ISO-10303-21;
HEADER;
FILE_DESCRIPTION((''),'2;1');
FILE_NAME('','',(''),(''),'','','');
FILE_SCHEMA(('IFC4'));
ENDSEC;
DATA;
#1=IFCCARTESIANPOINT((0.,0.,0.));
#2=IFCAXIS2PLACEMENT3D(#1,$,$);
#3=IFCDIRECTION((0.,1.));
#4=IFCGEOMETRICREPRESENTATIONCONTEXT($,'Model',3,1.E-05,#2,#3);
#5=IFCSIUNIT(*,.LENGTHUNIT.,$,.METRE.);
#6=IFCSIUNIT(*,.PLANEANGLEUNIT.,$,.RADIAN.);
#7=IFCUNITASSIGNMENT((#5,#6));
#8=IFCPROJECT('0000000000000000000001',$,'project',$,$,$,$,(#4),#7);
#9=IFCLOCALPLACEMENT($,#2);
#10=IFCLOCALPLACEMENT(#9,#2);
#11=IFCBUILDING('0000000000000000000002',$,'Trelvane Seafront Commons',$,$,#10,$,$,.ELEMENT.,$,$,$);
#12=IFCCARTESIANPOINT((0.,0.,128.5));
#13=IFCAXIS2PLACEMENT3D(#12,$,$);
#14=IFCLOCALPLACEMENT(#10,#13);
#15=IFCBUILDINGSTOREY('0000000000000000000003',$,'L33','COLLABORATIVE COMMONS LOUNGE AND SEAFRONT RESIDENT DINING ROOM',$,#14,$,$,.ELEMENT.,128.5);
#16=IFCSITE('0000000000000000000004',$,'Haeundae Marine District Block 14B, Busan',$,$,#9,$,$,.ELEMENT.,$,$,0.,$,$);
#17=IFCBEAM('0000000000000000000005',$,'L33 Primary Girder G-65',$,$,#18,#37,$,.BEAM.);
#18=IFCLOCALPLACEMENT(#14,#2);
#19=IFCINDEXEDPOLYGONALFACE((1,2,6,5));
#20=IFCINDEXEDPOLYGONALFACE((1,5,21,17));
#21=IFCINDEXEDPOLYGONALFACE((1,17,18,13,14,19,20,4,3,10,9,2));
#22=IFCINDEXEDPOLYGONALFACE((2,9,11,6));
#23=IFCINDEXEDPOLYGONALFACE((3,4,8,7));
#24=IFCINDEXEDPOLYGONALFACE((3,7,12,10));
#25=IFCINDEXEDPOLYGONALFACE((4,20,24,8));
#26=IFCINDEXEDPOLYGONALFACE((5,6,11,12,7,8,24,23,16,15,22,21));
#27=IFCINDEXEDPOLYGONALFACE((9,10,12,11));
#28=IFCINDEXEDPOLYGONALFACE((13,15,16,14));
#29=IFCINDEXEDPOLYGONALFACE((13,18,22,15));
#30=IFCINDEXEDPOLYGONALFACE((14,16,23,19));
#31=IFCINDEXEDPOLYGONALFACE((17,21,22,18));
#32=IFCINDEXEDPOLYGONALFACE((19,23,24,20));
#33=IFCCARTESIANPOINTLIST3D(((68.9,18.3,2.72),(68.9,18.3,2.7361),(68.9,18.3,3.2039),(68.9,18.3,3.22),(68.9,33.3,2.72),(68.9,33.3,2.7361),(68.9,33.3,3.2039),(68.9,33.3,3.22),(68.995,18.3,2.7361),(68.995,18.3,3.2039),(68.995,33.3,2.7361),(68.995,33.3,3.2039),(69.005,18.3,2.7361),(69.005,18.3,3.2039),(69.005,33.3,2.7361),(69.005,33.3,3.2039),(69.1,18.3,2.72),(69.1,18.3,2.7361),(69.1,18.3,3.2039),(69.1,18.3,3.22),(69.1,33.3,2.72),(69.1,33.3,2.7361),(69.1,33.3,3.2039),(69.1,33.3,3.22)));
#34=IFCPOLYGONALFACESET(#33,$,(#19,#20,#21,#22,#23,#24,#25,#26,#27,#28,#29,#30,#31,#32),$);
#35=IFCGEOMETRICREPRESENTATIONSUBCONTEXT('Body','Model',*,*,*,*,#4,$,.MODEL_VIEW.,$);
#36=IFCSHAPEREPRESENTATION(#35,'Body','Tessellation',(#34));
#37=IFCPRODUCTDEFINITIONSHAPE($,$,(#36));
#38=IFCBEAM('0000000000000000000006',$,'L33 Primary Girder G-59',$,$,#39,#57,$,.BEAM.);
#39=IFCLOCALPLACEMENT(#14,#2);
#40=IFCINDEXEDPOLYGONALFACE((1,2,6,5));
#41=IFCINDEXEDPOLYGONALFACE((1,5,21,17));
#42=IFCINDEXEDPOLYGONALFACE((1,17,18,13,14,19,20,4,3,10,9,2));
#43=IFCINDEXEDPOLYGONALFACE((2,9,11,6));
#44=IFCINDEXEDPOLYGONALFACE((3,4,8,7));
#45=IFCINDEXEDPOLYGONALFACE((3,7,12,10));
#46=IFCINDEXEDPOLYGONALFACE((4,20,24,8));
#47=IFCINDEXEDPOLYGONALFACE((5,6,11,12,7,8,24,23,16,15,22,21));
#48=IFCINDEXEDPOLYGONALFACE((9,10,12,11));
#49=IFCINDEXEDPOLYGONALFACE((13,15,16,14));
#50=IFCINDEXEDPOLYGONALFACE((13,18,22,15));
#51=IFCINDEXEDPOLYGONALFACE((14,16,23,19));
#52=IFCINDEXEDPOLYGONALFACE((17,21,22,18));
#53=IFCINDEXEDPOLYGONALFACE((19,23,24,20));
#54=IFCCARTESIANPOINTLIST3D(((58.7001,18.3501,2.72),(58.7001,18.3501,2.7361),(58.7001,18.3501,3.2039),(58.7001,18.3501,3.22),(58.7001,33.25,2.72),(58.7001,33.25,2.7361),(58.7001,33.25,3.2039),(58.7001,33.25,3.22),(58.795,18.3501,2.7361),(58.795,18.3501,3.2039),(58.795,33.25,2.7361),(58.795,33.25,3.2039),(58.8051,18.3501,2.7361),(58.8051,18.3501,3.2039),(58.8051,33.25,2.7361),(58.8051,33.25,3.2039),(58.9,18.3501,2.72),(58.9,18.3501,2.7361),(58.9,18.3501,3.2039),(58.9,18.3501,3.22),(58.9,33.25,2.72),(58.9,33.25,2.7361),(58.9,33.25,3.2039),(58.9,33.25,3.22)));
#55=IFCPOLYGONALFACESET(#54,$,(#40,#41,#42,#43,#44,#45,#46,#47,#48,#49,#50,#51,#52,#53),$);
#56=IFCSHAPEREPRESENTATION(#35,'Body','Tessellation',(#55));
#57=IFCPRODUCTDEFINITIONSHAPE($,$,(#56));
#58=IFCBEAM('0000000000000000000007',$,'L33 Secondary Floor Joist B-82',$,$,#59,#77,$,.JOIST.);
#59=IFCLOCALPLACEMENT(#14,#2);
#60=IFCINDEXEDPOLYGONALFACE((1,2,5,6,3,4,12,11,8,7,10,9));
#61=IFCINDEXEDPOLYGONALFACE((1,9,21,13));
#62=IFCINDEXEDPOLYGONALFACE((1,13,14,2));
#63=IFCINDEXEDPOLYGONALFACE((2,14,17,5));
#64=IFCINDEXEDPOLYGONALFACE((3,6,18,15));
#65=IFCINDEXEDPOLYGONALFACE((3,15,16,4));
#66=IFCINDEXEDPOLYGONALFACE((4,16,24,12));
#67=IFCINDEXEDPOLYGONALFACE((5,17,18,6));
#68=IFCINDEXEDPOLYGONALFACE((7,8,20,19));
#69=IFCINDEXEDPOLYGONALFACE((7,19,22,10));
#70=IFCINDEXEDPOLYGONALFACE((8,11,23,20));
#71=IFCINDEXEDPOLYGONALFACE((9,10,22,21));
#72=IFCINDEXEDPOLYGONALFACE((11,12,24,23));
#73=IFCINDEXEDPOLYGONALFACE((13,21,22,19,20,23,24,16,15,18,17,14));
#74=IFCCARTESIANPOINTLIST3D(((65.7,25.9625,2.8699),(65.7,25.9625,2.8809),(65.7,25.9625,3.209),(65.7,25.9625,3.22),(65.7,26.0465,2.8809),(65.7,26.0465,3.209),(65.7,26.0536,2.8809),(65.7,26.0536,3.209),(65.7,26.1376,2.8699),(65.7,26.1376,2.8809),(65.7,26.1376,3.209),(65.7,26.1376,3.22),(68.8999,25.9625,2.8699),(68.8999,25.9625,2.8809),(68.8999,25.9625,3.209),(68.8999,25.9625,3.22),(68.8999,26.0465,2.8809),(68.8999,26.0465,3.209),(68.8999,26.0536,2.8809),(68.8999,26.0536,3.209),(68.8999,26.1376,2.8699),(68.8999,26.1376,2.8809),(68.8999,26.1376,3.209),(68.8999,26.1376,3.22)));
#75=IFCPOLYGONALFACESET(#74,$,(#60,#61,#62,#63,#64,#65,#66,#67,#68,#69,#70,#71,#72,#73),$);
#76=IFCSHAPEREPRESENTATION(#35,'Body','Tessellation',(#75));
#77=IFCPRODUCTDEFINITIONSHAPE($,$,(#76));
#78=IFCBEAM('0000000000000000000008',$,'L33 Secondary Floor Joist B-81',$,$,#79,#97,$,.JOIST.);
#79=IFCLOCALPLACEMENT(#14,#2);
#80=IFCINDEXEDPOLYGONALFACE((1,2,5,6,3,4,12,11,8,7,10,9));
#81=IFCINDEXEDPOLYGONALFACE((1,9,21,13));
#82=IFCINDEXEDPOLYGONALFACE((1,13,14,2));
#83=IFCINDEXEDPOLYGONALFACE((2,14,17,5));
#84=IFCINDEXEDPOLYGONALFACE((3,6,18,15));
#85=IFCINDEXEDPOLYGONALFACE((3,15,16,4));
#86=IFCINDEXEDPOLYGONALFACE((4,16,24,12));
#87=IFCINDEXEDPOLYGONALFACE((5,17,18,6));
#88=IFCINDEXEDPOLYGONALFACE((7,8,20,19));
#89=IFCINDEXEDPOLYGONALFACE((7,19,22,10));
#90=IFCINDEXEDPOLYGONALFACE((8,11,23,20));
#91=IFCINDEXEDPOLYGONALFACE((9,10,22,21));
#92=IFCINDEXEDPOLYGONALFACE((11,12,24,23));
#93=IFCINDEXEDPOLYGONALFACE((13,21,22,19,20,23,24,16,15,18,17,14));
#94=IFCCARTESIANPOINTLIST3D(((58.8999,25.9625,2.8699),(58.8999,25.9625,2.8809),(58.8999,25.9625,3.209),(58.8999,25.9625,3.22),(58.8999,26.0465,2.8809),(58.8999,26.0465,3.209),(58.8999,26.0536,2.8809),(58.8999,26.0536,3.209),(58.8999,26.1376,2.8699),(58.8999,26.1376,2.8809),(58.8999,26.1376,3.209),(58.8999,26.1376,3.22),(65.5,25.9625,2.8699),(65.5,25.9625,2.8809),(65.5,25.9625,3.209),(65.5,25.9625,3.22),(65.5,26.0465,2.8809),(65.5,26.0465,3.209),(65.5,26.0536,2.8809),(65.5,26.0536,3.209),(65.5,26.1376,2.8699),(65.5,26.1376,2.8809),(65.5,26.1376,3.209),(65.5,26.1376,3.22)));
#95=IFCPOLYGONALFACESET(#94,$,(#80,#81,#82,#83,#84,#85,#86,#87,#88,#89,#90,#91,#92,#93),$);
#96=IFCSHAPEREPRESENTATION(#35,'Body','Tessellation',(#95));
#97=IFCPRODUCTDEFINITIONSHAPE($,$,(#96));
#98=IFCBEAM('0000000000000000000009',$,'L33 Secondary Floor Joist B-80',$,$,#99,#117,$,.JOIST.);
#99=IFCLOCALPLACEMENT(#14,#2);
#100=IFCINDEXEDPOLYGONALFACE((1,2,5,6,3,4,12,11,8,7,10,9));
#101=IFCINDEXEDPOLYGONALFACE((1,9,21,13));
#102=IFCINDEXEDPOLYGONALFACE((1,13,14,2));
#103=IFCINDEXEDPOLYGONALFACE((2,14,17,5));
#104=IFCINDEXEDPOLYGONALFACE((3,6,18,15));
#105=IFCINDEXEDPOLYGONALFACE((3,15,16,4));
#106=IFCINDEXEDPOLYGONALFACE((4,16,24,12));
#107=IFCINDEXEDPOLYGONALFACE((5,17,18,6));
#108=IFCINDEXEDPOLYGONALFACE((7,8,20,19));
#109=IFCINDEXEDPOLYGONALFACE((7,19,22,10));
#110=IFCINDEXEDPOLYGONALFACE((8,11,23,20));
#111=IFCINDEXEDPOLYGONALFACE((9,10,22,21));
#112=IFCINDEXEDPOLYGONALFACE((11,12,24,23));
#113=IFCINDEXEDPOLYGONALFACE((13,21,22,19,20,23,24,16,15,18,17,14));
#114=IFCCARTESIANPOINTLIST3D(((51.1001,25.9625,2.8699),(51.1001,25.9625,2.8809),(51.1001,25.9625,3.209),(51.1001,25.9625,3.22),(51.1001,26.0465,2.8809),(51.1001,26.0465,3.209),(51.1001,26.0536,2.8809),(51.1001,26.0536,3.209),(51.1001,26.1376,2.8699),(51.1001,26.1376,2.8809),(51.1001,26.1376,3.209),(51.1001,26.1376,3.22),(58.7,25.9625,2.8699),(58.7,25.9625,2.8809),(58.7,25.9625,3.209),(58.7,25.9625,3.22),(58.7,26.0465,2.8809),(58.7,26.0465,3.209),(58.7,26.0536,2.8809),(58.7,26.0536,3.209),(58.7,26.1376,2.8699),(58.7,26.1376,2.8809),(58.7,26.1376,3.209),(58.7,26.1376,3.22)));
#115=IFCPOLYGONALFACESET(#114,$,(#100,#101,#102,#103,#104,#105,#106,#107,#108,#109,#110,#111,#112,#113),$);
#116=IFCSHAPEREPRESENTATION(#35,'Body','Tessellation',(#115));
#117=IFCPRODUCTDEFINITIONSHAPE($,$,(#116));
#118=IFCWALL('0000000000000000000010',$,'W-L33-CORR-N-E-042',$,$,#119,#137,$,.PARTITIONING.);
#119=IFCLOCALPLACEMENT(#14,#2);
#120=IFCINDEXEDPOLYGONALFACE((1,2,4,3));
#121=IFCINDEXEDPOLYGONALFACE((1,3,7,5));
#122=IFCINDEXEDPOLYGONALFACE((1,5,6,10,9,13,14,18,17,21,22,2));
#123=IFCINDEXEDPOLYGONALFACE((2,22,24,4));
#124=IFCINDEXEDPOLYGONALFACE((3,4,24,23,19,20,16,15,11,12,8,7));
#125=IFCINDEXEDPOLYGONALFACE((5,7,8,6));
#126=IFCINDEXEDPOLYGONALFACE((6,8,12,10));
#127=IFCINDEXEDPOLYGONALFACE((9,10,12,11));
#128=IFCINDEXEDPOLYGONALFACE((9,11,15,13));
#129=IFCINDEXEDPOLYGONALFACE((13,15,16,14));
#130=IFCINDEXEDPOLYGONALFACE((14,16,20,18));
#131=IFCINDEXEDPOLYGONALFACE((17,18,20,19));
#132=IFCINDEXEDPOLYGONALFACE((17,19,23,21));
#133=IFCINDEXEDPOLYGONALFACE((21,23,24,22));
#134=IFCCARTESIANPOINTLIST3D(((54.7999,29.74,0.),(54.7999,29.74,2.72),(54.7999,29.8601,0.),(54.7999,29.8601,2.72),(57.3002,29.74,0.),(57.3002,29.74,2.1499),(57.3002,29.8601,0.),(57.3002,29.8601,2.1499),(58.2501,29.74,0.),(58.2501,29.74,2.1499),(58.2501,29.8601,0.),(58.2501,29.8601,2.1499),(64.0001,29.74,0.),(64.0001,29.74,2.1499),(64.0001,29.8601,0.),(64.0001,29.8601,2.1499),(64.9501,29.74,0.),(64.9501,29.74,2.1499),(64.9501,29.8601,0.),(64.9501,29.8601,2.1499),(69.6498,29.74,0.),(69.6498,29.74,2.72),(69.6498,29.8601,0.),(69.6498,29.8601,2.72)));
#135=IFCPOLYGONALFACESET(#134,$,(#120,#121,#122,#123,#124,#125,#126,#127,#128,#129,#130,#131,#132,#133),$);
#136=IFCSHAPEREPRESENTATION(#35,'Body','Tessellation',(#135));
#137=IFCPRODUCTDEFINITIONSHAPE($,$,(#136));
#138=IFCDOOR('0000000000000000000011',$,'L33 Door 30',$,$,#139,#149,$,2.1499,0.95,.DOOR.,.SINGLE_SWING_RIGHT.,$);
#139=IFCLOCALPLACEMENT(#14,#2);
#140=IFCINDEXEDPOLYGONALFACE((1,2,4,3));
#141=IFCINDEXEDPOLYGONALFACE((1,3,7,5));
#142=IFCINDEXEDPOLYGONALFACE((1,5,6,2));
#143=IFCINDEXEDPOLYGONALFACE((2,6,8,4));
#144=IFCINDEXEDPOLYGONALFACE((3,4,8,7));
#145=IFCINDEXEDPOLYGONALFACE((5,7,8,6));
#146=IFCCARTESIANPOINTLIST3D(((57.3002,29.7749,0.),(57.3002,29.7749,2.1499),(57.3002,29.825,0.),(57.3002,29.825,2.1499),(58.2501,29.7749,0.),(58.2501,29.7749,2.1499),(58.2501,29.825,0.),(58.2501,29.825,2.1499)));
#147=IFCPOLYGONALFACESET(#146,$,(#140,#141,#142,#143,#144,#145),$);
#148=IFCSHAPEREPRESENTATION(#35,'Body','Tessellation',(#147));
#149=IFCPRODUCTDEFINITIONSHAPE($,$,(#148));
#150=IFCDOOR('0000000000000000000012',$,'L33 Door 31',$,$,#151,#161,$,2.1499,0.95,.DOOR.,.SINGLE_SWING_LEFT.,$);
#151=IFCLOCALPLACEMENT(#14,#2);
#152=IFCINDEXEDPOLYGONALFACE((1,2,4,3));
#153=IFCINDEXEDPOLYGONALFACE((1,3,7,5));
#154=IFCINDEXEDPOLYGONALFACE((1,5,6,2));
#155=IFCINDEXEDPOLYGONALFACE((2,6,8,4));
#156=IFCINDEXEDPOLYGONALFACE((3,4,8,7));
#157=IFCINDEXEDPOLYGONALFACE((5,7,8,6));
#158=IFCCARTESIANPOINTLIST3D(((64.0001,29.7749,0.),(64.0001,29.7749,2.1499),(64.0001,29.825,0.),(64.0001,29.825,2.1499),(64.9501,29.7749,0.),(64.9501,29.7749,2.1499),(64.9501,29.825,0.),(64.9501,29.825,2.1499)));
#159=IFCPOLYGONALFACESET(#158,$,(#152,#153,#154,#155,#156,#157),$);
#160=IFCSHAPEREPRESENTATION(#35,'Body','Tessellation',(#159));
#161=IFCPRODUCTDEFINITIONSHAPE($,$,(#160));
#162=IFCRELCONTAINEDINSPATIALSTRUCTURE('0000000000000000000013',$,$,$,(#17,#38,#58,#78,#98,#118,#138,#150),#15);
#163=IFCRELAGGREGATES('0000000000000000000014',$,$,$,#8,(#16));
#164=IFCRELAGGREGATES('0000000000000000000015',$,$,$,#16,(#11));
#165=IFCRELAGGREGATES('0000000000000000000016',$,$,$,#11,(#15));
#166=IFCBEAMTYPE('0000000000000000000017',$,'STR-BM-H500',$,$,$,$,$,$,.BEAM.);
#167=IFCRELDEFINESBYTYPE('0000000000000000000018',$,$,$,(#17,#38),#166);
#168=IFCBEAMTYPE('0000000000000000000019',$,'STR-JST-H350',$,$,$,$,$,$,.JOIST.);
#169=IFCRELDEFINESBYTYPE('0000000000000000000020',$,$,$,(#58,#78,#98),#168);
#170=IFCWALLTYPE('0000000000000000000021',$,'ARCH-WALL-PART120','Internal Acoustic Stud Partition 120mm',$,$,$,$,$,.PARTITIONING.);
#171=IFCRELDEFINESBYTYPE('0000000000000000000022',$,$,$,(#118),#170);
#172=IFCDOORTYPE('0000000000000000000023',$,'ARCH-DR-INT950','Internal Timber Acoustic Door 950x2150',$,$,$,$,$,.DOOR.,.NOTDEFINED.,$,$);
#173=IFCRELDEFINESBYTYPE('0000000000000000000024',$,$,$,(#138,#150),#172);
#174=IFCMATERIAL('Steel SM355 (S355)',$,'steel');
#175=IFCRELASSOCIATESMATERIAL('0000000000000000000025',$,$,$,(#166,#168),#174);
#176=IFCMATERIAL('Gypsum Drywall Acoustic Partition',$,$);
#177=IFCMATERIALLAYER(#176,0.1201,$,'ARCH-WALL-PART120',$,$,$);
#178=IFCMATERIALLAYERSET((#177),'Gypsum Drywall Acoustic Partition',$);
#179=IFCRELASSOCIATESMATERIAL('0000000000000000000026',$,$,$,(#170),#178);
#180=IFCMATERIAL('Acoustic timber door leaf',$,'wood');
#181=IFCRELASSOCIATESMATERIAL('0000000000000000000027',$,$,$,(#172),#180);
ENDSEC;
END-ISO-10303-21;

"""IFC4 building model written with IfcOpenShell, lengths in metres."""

from ifc_helpers import new_model, si_unit, direction, frame, frame_2d, origin, origin_2d, place, context, subcontext, project, spatial, rectangle, i_section, extrude, source, transform, mapped, material, layer, layer_set, material_profile, profile_set, type_object, element, fill, save


model = new_model("IFC4")

# Units and contexts
model_context = context("Model", 3, precision=1e-05, world=origin(), true_north=direction((0.0, 1.0)))
body_context = subcontext(model_context, "Body", "Model", "MODEL_VIEW")
ifc_project = project(units=[si_unit("LENGTHUNIT", "METRE"), si_unit("PLANEANGLEUNIT", "RADIAN")], contexts=[model_context])

# Site, building, storey
site_placement = place(None, origin())
site = spatial("IfcSite", under=ifc_project, at=site_placement, Name="Haeundae Marine District Block 14B, Busan", CompositionType="ELEMENT", RefElevation=0.0)
building_placement = place(site_placement, origin())
building = spatial("IfcBuilding", under=site, at=building_placement, Name="Trelvane Seafront Commons", CompositionType="ELEMENT")
storey_placement = place(building_placement, frame((0.0, 0.0, 128.5)))
storey = spatial("IfcBuildingStorey", under=building, at=storey_placement, Name="L33", Description="COLLABORATIVE COMMONS LOUNGE AND SEAFRONT RESIDENT DINING ROOM", CompositionType="ELEMENT", Elevation=128.5)

# Beams
ifc_material_1 = material(Name="Steel SM355 (S355)", Category="steel")
ifc_material_profile_1 = material_profile(ifc_material_1, i_section(OverallWidth=0.2, OverallDepth=0.5, WebThickness=0.01, FlangeThickness=0.0161, at=origin_2d()), Name="H-500x200x10x16")
ifc_profile_set_1 = profile_set([ifc_material_profile_1], Name="Steel SM355 (S355)")
beam_type_1 = type_object("IfcBeamType", Name="STR-BM-H500", PredefinedType="BEAM", material=ifc_profile_set_1)
shared_shape_1 = source(origin(), body_context, "Body", "SweptSolid", [
    extrude(i_section(OverallWidth=0.2, OverallDepth=0.5, WebThickness=0.01, FlangeThickness=0.0161, at=origin_2d()), origin(), (0.0, 0.0, 1.0), 15.0),
])
beam_1_placement = place(storey_placement, frame((69.0, 18.3, 2.97), z_axis=(0.0, 1.0, 0.0), x_axis=(-1.0, 0.0, 0.0)))
element("IfcBeam", 1, at=beam_1_placement, inside=storey, type_object=beam_type_1, Name="L33 Primary Girder G-65", PredefinedType="BEAM", context=body_context, shape_type="MappedRepresentation", body=[
    mapped(shared_shape_1, transform((0.0, 0.0, 0.0), x_axis=(1.0, 0.0, 0.0), y_axis=(0.0, 1.0, 0.0), z_axis=(0.0, 0.0, 1.0), scale=1.0)),
])
shared_shape_2 = source(origin(), body_context, "Body", "SweptSolid", [
    extrude(i_section(OverallWidth=0.2, OverallDepth=0.5, WebThickness=0.01, FlangeThickness=0.0161, at=origin_2d()), origin(), (0.0, 0.0, 1.0), 14.8999),
])
beam_2_placement = place(storey_placement, frame((58.8, 18.3501, 2.97), z_axis=(0.0, 1.0, 0.0), x_axis=(-1.0, 0.0, 0.0)))
element("IfcBeam", 2, at=beam_2_placement, inside=storey, type_object=beam_type_1, Name="L33 Primary Girder G-59", PredefinedType="BEAM", context=body_context, shape_type="MappedRepresentation", body=[
    mapped(shared_shape_2, transform((0.0, 0.0, 0.0), x_axis=(1.0, 0.0, 0.0), y_axis=(0.0, 1.0, 0.0), z_axis=(0.0, 0.0, 1.0), scale=1.0)),
])
ifc_material_profile_2 = material_profile(ifc_material_1, i_section(OverallWidth=0.175, OverallDepth=0.3501, WebThickness=0.0071, FlangeThickness=0.011, at=origin_2d()), Name="H-350x175x7x11")
ifc_profile_set_2 = profile_set([ifc_material_profile_2], Name="Steel SM355 (S355)")
beam_type_2 = type_object("IfcBeamType", Name="STR-JST-H350", PredefinedType="JOIST", material=ifc_profile_set_2)
shared_shape_3 = source(origin(), body_context, "Body", "SweptSolid", [
    extrude(i_section(OverallWidth=0.175, OverallDepth=0.3501, WebThickness=0.0071, FlangeThickness=0.011, at=origin_2d()), origin(), (0.0, 0.0, 1.0), 3.2),
])
beam_3_placement = place(storey_placement, frame((65.7, 26.05, 3.0449), z_axis=(1.0, 0.0, 0.0), x_axis=(0.0, 1.0, 0.0)))
element("IfcBeam", 3, at=beam_3_placement, inside=storey, type_object=beam_type_2, Name="L33 Secondary Floor Joist B-82", PredefinedType="JOIST", context=body_context, shape_type="MappedRepresentation", body=[
    mapped(shared_shape_3, transform((0.0, 0.0, 0.0), x_axis=(1.0, 0.0, 0.0), y_axis=(0.0, 1.0, 0.0), z_axis=(0.0, 0.0, 1.0), scale=1.0)),
])
shared_shape_4 = source(origin(), body_context, "Body", "SweptSolid", [
    extrude(i_section(OverallWidth=0.175, OverallDepth=0.3501, WebThickness=0.0071, FlangeThickness=0.011, at=origin_2d()), origin(), (0.0, 0.0, 1.0), 6.6001),
])
beam_4_placement = place(storey_placement, frame((58.8999, 26.05, 3.0449), z_axis=(1.0, 0.0, 0.0), x_axis=(0.0, 1.0, 0.0)))
element("IfcBeam", 4, at=beam_4_placement, inside=storey, type_object=beam_type_2, Name="L33 Secondary Floor Joist B-81", PredefinedType="JOIST", context=body_context, shape_type="MappedRepresentation", body=[
    mapped(shared_shape_4, transform((0.0, 0.0, 0.0), x_axis=(1.0, 0.0, 0.0), y_axis=(0.0, 1.0, 0.0), z_axis=(0.0, 0.0, 1.0), scale=1.0)),
])
shared_shape_5 = source(origin(), body_context, "Body", "SweptSolid", [
    extrude(i_section(OverallWidth=0.175, OverallDepth=0.3501, WebThickness=0.0071, FlangeThickness=0.011, at=origin_2d()), origin(), (0.0, 0.0, 1.0), 7.5999),
])
beam_5_placement = place(storey_placement, frame((51.1001, 26.05, 3.0449), z_axis=(1.0, 0.0, 0.0), x_axis=(0.0, 1.0, 0.0)))
element("IfcBeam", 5, at=beam_5_placement, inside=storey, type_object=beam_type_2, Name="L33 Secondary Floor Joist B-80", PredefinedType="JOIST", context=body_context, shape_type="MappedRepresentation", body=[
    mapped(shared_shape_5, transform((0.0, 0.0, 0.0), x_axis=(1.0, 0.0, 0.0), y_axis=(0.0, 1.0, 0.0), z_axis=(0.0, 0.0, 1.0), scale=1.0)),
])

# Wall, openings, doors
ifc_material_2 = material(Name="Gypsum Drywall Acoustic Partition")
ifc_layer_1 = layer(ifc_material_2, 0.1201, Name="ARCH-WALL-PART120")
ifc_layer_set_1 = layer_set([ifc_layer_1], Name="Gypsum Drywall Acoustic Partition")
wall_type_1 = type_object("IfcWallType", Name="ARCH-WALL-PART120", Description="Internal Acoustic Stud Partition 120mm", PredefinedType="PARTITIONING", material=ifc_layer_set_1)
wall_1_placement = place(storey_placement, frame((54.8, 29.8, 0.0), z_axis=(0.0, 0.0, 1.0), x_axis=(1.0, 0.0, 0.0)))
wall_1 = element("IfcWall", 6, at=wall_1_placement, inside=storey, type_object=wall_type_1, Name="W-L33-CORR-N-E-042", PredefinedType="PARTITIONING", context=body_context, shape_type="SweptSolid", body=[
    extrude(rectangle(XDim=14.8499, YDim=0.1201, at=frame_2d((7.4248, 0.0))), origin(), (0.0, 0.0, 1.0), 2.72),
])
opening_1_placement = place(wall_1_placement, frame((2.5, 0.0, 0.0)))
opening_1 = element("IfcOpeningElement", 7, at=opening_1_placement, cuts=wall_1, PredefinedType="OPENING", context=body_context, shape_type="SweptSolid", body=[
    extrude(rectangle(XDim=0.95, YDim=2.1499, at=frame_2d((0.4751, 1.075))), frame((0.0, 0.0701, 0.0), z_axis=(0.0, -1.0, 0.0), x_axis=(1.0, 0.0, 0.0)), (0.0, 0.0, 1.0), 0.1401),
])
opening_2_placement = place(wall_1_placement, frame((9.2, 0.0, 0.0)))
opening_2 = element("IfcOpeningElement", 8, at=opening_2_placement, cuts=wall_1, PredefinedType="OPENING", context=body_context, shape_type="SweptSolid", body=[
    extrude(rectangle(XDim=0.95, YDim=2.1499, at=frame_2d((0.4751, 1.075))), frame((0.0, 0.0701, 0.0), z_axis=(0.0, -1.0, 0.0), x_axis=(1.0, 0.0, 0.0)), (0.0, 0.0, 1.0), 0.1401),
])
ifc_material_3 = material(Name="Acoustic timber door leaf", Category="wood")
door_type_1 = type_object("IfcDoorType", Name="ARCH-DR-INT950", Description="Internal Timber Acoustic Door 950x2150", OperationType="NOTDEFINED", PredefinedType="DOOR", material=ifc_material_3)
shared_shape_6 = source(origin(), body_context, "Body", "SweptSolid", [
    extrude(rectangle(XDim=0.95, YDim=2.1499, at=frame_2d((0.4751, 1.075))), frame((0.0, 0.0249, 0.0), z_axis=(0.0, -1.0, 0.0), x_axis=(1.0, 0.0, 0.0)), (0.0, 0.0, 1.0), 0.05),
])
door_1_placement = place(opening_1_placement, origin())
door_1 = element("IfcDoor", 9, at=door_1_placement, inside=storey, type_object=door_type_1, Name="L33 Door 30", OperationType="SINGLE_SWING_RIGHT", OverallHeight=2.1499, OverallWidth=0.95, PredefinedType="DOOR", context=body_context, shape_type="MappedRepresentation", body=[
    mapped(shared_shape_6, transform((0.0, 0.0, 0.0), x_axis=(1.0, 0.0, 0.0), y_axis=(0.0, 1.0, 0.0), z_axis=(0.0, 0.0, 1.0), scale=1.0)),
])
fill(opening_1, door_1)
door_2_placement = place(opening_2_placement, origin())
door_2 = element("IfcDoor", 10, at=door_2_placement, inside=storey, type_object=door_type_1, Name="L33 Door 31", OperationType="SINGLE_SWING_LEFT", OverallHeight=2.1499, OverallWidth=0.95, PredefinedType="DOOR", context=body_context, shape_type="MappedRepresentation", body=[
    mapped(shared_shape_6, transform((0.0, 0.0, 0.0), x_axis=(1.0, 0.0, 0.0), y_axis=(0.0, 1.0, 0.0), z_axis=(0.0, 0.0, 1.0), scale=1.0)),
])
fill(opening_2, door_2)

save(model, "model.ifc")
